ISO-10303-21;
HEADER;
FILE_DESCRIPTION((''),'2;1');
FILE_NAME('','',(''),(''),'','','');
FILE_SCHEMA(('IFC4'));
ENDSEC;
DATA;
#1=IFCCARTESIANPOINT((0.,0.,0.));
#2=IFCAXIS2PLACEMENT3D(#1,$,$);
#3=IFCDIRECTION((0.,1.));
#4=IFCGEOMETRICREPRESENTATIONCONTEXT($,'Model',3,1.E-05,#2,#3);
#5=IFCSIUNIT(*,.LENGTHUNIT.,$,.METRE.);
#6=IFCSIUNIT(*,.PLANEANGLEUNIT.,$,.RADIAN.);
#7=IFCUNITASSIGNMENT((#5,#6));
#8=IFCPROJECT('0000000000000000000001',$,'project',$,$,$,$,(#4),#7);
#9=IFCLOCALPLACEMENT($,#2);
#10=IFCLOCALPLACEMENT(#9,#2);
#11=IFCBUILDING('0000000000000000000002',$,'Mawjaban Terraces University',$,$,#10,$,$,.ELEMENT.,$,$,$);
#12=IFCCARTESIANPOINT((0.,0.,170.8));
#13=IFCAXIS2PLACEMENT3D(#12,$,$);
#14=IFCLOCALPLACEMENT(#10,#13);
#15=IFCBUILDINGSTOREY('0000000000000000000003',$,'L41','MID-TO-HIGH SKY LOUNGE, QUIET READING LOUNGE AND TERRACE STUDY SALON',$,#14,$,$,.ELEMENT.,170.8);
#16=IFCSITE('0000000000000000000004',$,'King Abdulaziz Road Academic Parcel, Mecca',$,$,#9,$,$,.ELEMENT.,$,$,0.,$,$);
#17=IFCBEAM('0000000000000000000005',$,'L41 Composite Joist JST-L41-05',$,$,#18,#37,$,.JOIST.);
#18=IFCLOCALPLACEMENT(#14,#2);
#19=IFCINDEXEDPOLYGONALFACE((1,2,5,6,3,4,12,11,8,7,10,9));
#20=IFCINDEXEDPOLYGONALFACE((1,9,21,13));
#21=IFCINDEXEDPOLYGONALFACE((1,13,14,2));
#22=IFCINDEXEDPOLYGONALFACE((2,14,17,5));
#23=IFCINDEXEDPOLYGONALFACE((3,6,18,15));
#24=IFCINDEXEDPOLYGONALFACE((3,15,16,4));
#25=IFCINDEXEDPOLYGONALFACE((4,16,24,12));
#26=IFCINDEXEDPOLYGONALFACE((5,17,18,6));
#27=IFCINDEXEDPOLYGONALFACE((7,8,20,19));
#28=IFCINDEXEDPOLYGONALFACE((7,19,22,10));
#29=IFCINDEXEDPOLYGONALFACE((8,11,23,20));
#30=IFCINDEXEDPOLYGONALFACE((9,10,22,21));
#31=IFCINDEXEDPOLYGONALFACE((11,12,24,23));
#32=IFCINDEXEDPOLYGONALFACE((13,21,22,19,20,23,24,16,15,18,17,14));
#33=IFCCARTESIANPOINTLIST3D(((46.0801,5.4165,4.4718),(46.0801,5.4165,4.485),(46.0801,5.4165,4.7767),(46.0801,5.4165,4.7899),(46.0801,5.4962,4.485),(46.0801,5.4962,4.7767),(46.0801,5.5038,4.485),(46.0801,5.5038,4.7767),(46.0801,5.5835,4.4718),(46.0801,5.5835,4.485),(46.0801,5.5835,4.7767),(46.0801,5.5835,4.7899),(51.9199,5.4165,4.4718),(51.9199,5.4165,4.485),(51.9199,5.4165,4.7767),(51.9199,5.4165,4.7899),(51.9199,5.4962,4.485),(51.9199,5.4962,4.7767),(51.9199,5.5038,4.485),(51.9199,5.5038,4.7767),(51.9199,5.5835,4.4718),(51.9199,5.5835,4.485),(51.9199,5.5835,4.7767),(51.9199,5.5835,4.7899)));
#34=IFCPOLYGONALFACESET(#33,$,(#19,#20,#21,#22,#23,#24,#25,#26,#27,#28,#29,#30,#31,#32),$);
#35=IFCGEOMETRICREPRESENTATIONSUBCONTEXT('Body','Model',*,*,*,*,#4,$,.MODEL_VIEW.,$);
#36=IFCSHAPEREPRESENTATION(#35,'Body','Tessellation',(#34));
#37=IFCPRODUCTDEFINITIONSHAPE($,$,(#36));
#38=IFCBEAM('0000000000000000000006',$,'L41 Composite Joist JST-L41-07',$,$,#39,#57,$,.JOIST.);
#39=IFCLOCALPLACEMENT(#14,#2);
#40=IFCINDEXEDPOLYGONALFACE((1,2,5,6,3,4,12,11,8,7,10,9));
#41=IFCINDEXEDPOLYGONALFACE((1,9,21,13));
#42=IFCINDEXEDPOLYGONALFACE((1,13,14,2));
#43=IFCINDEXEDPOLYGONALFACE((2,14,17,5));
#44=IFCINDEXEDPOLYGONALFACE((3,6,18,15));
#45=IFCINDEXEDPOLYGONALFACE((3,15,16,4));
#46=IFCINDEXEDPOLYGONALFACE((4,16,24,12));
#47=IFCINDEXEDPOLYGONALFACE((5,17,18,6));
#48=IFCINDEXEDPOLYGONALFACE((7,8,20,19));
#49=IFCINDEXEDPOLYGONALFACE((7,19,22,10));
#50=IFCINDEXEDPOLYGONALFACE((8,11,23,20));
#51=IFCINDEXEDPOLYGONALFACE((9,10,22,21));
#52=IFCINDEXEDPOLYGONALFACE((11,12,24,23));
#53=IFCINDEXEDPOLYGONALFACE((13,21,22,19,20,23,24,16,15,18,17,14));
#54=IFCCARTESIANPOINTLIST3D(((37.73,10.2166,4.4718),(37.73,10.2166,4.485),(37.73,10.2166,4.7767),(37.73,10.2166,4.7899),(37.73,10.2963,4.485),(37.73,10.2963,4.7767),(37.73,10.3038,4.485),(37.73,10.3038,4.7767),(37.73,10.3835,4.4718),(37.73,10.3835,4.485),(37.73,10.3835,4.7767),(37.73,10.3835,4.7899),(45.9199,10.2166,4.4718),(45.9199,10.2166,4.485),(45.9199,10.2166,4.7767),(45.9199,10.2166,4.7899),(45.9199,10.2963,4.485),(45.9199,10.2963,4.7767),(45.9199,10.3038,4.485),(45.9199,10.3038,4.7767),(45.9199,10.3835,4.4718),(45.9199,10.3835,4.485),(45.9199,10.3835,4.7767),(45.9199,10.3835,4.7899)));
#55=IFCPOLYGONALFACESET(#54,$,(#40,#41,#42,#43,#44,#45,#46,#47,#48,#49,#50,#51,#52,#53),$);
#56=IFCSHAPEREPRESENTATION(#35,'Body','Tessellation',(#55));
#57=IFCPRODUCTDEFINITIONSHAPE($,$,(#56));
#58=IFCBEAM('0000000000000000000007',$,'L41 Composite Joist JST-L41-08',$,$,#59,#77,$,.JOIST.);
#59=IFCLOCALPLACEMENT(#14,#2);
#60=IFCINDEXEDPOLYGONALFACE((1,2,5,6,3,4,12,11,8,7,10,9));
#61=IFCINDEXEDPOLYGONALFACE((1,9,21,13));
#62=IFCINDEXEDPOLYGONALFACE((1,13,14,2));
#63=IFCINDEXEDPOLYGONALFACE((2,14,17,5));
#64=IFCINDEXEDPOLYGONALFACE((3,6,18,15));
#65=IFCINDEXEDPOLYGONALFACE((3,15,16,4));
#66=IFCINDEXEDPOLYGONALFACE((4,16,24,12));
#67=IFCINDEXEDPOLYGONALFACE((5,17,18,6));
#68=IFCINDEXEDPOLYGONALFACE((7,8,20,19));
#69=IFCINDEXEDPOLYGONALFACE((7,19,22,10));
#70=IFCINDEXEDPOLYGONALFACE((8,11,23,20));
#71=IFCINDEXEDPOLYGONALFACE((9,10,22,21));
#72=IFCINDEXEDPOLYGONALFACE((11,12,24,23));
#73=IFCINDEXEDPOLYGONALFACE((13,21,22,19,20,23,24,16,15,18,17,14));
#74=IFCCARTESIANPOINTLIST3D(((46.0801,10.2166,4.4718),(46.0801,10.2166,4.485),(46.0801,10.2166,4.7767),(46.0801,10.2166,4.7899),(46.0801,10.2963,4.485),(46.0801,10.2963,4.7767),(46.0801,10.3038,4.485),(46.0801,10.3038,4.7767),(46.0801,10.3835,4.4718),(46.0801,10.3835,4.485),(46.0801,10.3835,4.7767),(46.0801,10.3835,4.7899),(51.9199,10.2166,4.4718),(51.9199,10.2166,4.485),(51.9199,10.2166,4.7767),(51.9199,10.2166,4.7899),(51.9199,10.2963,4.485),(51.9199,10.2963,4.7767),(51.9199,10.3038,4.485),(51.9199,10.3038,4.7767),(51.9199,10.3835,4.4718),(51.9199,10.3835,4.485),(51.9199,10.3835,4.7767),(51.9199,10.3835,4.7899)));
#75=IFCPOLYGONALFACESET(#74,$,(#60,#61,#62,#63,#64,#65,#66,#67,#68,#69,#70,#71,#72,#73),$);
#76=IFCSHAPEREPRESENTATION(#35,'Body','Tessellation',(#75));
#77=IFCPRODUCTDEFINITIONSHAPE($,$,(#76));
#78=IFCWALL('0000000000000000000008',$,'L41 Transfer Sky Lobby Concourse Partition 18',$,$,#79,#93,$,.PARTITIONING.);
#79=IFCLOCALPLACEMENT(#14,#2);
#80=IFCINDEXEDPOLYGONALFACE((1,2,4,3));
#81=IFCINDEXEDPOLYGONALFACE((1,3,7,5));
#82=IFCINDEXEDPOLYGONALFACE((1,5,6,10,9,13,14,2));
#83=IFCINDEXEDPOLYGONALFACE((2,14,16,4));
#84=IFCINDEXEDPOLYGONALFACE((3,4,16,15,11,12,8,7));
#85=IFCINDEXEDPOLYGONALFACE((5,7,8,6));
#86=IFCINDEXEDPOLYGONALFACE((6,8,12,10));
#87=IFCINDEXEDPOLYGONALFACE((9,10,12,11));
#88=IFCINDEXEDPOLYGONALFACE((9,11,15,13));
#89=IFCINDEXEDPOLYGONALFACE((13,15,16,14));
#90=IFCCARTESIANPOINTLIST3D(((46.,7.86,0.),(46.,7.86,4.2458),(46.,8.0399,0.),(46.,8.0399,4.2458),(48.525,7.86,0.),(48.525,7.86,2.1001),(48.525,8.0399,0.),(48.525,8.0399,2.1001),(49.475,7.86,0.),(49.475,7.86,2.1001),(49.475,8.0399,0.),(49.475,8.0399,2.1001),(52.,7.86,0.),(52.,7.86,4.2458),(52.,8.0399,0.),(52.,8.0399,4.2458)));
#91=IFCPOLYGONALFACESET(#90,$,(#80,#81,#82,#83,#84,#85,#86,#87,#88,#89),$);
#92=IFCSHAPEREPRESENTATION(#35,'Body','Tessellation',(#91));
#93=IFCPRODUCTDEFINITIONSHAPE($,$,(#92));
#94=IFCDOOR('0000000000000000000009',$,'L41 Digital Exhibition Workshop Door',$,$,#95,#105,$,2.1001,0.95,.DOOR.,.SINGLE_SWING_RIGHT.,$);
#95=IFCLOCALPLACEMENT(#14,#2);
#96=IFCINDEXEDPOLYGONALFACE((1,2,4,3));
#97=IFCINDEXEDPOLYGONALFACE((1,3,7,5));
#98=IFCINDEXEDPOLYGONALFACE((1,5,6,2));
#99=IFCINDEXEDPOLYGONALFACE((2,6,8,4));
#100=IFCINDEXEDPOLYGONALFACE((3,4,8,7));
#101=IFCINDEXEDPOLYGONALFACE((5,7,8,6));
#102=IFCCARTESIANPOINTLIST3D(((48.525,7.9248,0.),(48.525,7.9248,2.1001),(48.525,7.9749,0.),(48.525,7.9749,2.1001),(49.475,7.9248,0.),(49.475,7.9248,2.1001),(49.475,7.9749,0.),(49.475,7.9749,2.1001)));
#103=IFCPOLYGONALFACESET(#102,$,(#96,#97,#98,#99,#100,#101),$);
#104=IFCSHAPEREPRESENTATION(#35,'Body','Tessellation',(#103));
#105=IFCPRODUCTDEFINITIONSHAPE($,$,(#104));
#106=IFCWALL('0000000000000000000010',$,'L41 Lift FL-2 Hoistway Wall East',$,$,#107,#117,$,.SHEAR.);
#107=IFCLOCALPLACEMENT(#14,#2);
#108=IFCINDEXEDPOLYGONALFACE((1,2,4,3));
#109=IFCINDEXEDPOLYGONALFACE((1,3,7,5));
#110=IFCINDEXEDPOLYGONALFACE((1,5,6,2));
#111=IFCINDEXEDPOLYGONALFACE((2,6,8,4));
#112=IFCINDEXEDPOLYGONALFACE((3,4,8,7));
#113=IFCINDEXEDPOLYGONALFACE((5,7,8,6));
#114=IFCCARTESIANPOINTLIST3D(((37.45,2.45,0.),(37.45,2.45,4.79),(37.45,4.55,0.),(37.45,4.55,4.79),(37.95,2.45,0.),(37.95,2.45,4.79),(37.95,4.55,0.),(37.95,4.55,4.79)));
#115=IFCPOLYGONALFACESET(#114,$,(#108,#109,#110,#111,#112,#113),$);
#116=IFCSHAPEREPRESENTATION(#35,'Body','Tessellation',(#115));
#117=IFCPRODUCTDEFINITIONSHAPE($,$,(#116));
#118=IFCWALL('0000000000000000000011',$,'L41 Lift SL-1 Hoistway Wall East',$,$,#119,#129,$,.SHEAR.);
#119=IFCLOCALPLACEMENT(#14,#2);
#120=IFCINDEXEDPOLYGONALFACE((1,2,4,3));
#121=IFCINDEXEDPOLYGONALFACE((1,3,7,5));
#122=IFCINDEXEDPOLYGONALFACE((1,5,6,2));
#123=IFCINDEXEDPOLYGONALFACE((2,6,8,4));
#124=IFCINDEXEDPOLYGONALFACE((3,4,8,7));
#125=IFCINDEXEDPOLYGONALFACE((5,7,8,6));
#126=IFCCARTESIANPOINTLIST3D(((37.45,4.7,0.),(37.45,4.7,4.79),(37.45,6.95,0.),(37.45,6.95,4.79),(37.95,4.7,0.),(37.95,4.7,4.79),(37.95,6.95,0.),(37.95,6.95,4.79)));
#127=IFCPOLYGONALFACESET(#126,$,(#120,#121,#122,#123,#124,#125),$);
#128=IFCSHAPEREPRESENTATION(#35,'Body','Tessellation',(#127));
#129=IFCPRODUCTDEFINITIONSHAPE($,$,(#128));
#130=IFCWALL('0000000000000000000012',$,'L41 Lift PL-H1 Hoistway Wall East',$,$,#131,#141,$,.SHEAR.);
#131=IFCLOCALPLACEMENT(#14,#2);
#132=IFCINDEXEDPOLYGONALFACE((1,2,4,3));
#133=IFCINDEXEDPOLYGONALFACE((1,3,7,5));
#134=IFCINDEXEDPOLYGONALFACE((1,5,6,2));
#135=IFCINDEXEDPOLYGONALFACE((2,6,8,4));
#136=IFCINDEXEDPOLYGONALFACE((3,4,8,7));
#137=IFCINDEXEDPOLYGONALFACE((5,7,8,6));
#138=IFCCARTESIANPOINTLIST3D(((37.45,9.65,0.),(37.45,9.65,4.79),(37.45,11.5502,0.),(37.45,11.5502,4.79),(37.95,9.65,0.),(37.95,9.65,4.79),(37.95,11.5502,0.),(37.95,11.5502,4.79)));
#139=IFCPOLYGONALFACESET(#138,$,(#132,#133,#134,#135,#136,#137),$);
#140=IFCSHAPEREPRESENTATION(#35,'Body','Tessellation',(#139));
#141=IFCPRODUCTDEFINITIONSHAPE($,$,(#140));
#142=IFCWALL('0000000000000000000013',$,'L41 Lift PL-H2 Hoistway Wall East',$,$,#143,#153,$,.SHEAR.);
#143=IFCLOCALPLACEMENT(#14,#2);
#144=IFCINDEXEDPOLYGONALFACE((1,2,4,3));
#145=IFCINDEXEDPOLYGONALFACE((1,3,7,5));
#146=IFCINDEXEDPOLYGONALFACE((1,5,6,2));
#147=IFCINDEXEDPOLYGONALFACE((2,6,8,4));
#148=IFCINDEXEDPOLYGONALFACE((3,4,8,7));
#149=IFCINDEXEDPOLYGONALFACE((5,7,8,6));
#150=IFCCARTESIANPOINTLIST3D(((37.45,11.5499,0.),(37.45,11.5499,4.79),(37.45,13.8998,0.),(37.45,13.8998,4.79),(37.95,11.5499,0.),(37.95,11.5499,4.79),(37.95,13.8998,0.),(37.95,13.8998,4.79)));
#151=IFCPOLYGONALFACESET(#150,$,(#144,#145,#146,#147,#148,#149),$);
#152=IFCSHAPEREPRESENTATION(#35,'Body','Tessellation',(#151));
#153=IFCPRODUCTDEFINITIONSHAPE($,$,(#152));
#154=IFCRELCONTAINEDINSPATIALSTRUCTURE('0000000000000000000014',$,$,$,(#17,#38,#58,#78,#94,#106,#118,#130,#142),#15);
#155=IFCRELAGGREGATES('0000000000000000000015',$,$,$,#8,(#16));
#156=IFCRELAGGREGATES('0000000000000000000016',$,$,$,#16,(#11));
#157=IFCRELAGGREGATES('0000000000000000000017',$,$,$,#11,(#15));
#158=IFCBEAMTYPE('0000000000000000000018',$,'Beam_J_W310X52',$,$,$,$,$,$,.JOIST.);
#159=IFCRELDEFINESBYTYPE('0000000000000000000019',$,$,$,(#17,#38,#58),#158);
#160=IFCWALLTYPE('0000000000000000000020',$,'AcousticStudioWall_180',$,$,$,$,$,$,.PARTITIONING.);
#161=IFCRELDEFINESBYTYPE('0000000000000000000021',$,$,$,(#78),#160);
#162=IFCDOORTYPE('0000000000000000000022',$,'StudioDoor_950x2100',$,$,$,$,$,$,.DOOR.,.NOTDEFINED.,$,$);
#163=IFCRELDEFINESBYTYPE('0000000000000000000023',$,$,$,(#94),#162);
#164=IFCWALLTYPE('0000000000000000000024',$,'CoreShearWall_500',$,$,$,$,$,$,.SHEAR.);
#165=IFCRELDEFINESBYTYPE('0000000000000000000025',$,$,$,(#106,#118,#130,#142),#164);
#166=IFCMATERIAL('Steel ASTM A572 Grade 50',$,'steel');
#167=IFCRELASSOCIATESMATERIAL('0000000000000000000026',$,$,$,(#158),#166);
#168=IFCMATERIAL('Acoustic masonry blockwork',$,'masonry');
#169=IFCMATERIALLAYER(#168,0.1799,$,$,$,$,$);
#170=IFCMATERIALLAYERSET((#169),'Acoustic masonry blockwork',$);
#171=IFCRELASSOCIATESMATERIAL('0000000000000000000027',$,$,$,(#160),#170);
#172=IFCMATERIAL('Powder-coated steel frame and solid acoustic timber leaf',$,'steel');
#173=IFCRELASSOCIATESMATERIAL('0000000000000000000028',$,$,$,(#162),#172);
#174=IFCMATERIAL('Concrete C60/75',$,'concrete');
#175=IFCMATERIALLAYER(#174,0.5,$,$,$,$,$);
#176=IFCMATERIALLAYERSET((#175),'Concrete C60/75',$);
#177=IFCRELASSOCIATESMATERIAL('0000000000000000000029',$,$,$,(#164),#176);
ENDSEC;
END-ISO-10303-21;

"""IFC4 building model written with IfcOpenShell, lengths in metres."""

from ifc_helpers import new_model, si_unit, direction, frame, frame_2d, origin, origin_2d, place, context, subcontext, project, spatial, rectangle, i_section, extrude, material, layer, layer_set, material_profile, profile_set, type_object, element, fill, save


model = new_model("IFC4")

# Units and contexts
model_context = context("Model", 3, precision=1e-05, world=origin(), true_north=direction((0.0, 1.0)))
body_context = subcontext(model_context, "Body", "Model", "MODEL_VIEW")
ifc_project = project(units=[si_unit("LENGTHUNIT", "METRE"), si_unit("PLANEANGLEUNIT", "RADIAN")], contexts=[model_context])

# Site, building, storey
site_placement = place(None, origin())
site = spatial("IfcSite", under=ifc_project, at=site_placement, Name="King Abdulaziz Road Academic Parcel, Mecca", CompositionType="ELEMENT", RefElevation=0.0)
building_placement = place(site_placement, origin())
building = spatial("IfcBuilding", under=site, at=building_placement, Name="Mawjaban Terraces University", CompositionType="ELEMENT")
storey_placement = place(building_placement, frame((0.0, 0.0, 170.8)))
storey = spatial("IfcBuildingStorey", under=building, at=storey_placement, Name="L41", Description="MID-TO-HIGH SKY LOUNGE, QUIET READING LOUNGE AND TERRACE STUDY SALON", CompositionType="ELEMENT", Elevation=170.8)

# Shared definitions
ifc_material_1 = material(Name="Concrete C60/75", Category="concrete")

# Beams
ifc_material_2 = material(Name="Steel ASTM A572 Grade 50", Category="steel")
ifc_material_profile_1 = material_profile(ifc_material_2, i_section(OverallWidth=0.167, OverallDepth=0.3181, WebThickness=0.0076, FlangeThickness=0.0132, at=origin_2d()), Name="W310X52")
ifc_profile_set_1 = profile_set([ifc_material_profile_1], Name="Steel ASTM A572 Grade 50")
beam_type_1 = type_object("IfcBeamType", Name="Beam_J_W310X52", PredefinedType="JOIST", material=ifc_profile_set_1)
beam_1_placement = place(storey_placement, frame((46.0801, 5.5, 4.6309), z_axis=(1.0, 0.0, 0.0), x_axis=(0.0, 1.0, 0.0)))
element("IfcBeam", 1, at=beam_1_placement, inside=storey, type_object=beam_type_1, Name="L41 Composite Joist JST-L41-05", PredefinedType="JOIST", context=body_context, shape_type="SweptSolid", body=[
    extrude(i_section(OverallWidth=0.167, OverallDepth=0.3181, WebThickness=0.0076, FlangeThickness=0.0132, at=origin_2d()), origin(), (0.0, 0.0, 1.0), 5.8398),
])
beam_2_placement = place(storey_placement, frame((37.73, 10.3, 4.6309), z_axis=(1.0, 0.0, 0.0), x_axis=(0.0, 1.0, 0.0)))
element("IfcBeam", 2, at=beam_2_placement, inside=storey, type_object=beam_type_1, Name="L41 Composite Joist JST-L41-07", PredefinedType="JOIST", context=body_context, shape_type="SweptSolid", body=[
    extrude(i_section(OverallWidth=0.167, OverallDepth=0.3181, WebThickness=0.0076, FlangeThickness=0.0132, at=origin_2d()), origin(), (0.0, 0.0, 1.0), 8.1899),
])
beam_3_placement = place(storey_placement, frame((46.0801, 10.3, 4.6309), z_axis=(1.0, 0.0, 0.0), x_axis=(0.0, 1.0, 0.0)))
element("IfcBeam", 3, at=beam_3_placement, inside=storey, type_object=beam_type_1, Name="L41 Composite Joist JST-L41-08", PredefinedType="JOIST", context=body_context, shape_type="SweptSolid", body=[
    extrude(i_section(OverallWidth=0.167, OverallDepth=0.3181, WebThickness=0.0076, FlangeThickness=0.0132, at=origin_2d()), origin(), (0.0, 0.0, 1.0), 5.8398),
])

# Wall, opening, door
ifc_material_3 = material(Name="Acoustic masonry blockwork", Category="masonry")
ifc_layer_1 = layer(ifc_material_3, 0.1799)
ifc_layer_set_1 = layer_set([ifc_layer_1], Name="Acoustic masonry blockwork")
wall_type_1 = type_object("IfcWallType", Name="AcousticStudioWall_180", PredefinedType="PARTITIONING", material=ifc_layer_set_1)
wall_1_placement = place(storey_placement, frame((46.0, 7.95, 0.0), z_axis=(0.0, 0.0, 1.0), x_axis=(1.0, 0.0, 0.0)))
wall_1 = element("IfcWall", 4, at=wall_1_placement, inside=storey, type_object=wall_type_1, Name="L41 Transfer Sky Lobby Concourse Partition 18", PredefinedType="PARTITIONING", context=body_context, shape_type="SweptSolid", body=[
    extrude(rectangle(XDim=6.0, YDim=0.1799, at=frame_2d((3.0, 0.0))), origin(), (0.0, 0.0, 1.0), 4.2458),
])
opening_1_placement = place(wall_1_placement, frame((2.5249, 0.0, 0.0)))
opening_1 = element("IfcOpeningElement", 5, at=opening_1_placement, cuts=wall_1, PredefinedType="OPENING", context=body_context, shape_type="SweptSolid", body=[
    extrude(rectangle(XDim=0.95, YDim=2.1001, at=frame_2d((0.4751, 1.05))), frame((0.0, 0.0999, 0.0), z_axis=(0.0, -1.0, 0.0), x_axis=(1.0, 0.0, 0.0)), (0.0, 0.0, 1.0), 0.2),
])
ifc_material_4 = material(Name="Powder-coated steel frame and solid acoustic timber leaf", Category="steel")
door_type_1 = type_object("IfcDoorType", Name="StudioDoor_950x2100", OperationType="NOTDEFINED", PredefinedType="DOOR", material=ifc_material_4)
door_1_placement = place(opening_1_placement, origin())
door_1 = element("IfcDoor", 6, at=door_1_placement, inside=storey, type_object=door_type_1, Name="L41 Digital Exhibition Workshop Door", OperationType="SINGLE_SWING_RIGHT", OverallHeight=2.1001, OverallWidth=0.95, PredefinedType="DOOR", context=body_context, shape_type="SweptSolid", body=[
    extrude(rectangle(XDim=0.95, YDim=2.1001, at=frame_2d((0.4751, 1.05))), frame((0.0, 0.0249, 0.0), z_axis=(0.0, -1.0, 0.0), x_axis=(1.0, 0.0, 0.0)), (0.0, 0.0, 1.0), 0.05),
])
fill(opening_1, door_1)

# Walls
ifc_layer_2 = layer(ifc_material_1, 0.5)
ifc_layer_set_2 = layer_set([ifc_layer_2], Name="Concrete C60/75")
wall_type_2 = type_object("IfcWallType", Name="CoreShearWall_500", PredefinedType="SHEAR", material=ifc_layer_set_2)
wall_2_placement = place(storey_placement, frame((37.7, 2.45, 0.0), z_axis=(0.0, 0.0, 1.0), x_axis=(0.0, 1.0, 0.0)))
element("IfcWall", 7, at=wall_2_placement, inside=storey, type_object=wall_type_2, Name="L41 Lift FL-2 Hoistway Wall East", PredefinedType="SHEAR", context=body_context, shape_type="SweptSolid", body=[
    extrude(rectangle(XDim=2.1001, YDim=0.5, at=frame_2d((1.05, 0.0))), origin(), (0.0, 0.0, 1.0), 4.79),
])
wall_3_placement = place(storey_placement, frame((37.7, 4.7, 0.0), z_axis=(0.0, 0.0, 1.0), x_axis=(0.0, 1.0, 0.0)))
element("IfcWall", 8, at=wall_3_placement, inside=storey, type_object=wall_type_2, Name="L41 Lift SL-1 Hoistway Wall East", PredefinedType="SHEAR", context=body_context, shape_type="SweptSolid", body=[
    extrude(rectangle(XDim=2.25, YDim=0.5, at=frame_2d((1.125, 0.0))), origin(), (0.0, 0.0, 1.0), 4.79),
])
wall_4_placement = place(storey_placement, frame((37.7, 9.6499, 0.0), z_axis=(0.0, 0.0, 1.0), x_axis=(0.0, 1.0, 0.0)))
element("IfcWall", 9, at=wall_4_placement, inside=storey, type_object=wall_type_2, Name="L41 Lift PL-H1 Hoistway Wall East", PredefinedType="SHEAR", context=body_context, shape_type="SweptSolid", body=[
    extrude(rectangle(XDim=1.9001, YDim=0.5, at=frame_2d((0.9502, 0.0))), origin(), (0.0, 0.0, 1.0), 4.79),
])
wall_5_placement = place(storey_placement, frame((37.7, 11.55, 0.0), z_axis=(0.0, 0.0, 1.0), x_axis=(0.0, 1.0, 0.0)))
element("IfcWall", 10, at=wall_5_placement, inside=storey, type_object=wall_type_2, Name="L41 Lift PL-H2 Hoistway Wall East", PredefinedType="SHEAR", context=body_context, shape_type="SweptSolid", body=[
    extrude(rectangle(XDim=2.3499, YDim=0.5, at=frame_2d((1.1748, 0.0))), origin(), (0.0, 0.0, 1.0), 4.79),
])

save(model, "model.ifc")
